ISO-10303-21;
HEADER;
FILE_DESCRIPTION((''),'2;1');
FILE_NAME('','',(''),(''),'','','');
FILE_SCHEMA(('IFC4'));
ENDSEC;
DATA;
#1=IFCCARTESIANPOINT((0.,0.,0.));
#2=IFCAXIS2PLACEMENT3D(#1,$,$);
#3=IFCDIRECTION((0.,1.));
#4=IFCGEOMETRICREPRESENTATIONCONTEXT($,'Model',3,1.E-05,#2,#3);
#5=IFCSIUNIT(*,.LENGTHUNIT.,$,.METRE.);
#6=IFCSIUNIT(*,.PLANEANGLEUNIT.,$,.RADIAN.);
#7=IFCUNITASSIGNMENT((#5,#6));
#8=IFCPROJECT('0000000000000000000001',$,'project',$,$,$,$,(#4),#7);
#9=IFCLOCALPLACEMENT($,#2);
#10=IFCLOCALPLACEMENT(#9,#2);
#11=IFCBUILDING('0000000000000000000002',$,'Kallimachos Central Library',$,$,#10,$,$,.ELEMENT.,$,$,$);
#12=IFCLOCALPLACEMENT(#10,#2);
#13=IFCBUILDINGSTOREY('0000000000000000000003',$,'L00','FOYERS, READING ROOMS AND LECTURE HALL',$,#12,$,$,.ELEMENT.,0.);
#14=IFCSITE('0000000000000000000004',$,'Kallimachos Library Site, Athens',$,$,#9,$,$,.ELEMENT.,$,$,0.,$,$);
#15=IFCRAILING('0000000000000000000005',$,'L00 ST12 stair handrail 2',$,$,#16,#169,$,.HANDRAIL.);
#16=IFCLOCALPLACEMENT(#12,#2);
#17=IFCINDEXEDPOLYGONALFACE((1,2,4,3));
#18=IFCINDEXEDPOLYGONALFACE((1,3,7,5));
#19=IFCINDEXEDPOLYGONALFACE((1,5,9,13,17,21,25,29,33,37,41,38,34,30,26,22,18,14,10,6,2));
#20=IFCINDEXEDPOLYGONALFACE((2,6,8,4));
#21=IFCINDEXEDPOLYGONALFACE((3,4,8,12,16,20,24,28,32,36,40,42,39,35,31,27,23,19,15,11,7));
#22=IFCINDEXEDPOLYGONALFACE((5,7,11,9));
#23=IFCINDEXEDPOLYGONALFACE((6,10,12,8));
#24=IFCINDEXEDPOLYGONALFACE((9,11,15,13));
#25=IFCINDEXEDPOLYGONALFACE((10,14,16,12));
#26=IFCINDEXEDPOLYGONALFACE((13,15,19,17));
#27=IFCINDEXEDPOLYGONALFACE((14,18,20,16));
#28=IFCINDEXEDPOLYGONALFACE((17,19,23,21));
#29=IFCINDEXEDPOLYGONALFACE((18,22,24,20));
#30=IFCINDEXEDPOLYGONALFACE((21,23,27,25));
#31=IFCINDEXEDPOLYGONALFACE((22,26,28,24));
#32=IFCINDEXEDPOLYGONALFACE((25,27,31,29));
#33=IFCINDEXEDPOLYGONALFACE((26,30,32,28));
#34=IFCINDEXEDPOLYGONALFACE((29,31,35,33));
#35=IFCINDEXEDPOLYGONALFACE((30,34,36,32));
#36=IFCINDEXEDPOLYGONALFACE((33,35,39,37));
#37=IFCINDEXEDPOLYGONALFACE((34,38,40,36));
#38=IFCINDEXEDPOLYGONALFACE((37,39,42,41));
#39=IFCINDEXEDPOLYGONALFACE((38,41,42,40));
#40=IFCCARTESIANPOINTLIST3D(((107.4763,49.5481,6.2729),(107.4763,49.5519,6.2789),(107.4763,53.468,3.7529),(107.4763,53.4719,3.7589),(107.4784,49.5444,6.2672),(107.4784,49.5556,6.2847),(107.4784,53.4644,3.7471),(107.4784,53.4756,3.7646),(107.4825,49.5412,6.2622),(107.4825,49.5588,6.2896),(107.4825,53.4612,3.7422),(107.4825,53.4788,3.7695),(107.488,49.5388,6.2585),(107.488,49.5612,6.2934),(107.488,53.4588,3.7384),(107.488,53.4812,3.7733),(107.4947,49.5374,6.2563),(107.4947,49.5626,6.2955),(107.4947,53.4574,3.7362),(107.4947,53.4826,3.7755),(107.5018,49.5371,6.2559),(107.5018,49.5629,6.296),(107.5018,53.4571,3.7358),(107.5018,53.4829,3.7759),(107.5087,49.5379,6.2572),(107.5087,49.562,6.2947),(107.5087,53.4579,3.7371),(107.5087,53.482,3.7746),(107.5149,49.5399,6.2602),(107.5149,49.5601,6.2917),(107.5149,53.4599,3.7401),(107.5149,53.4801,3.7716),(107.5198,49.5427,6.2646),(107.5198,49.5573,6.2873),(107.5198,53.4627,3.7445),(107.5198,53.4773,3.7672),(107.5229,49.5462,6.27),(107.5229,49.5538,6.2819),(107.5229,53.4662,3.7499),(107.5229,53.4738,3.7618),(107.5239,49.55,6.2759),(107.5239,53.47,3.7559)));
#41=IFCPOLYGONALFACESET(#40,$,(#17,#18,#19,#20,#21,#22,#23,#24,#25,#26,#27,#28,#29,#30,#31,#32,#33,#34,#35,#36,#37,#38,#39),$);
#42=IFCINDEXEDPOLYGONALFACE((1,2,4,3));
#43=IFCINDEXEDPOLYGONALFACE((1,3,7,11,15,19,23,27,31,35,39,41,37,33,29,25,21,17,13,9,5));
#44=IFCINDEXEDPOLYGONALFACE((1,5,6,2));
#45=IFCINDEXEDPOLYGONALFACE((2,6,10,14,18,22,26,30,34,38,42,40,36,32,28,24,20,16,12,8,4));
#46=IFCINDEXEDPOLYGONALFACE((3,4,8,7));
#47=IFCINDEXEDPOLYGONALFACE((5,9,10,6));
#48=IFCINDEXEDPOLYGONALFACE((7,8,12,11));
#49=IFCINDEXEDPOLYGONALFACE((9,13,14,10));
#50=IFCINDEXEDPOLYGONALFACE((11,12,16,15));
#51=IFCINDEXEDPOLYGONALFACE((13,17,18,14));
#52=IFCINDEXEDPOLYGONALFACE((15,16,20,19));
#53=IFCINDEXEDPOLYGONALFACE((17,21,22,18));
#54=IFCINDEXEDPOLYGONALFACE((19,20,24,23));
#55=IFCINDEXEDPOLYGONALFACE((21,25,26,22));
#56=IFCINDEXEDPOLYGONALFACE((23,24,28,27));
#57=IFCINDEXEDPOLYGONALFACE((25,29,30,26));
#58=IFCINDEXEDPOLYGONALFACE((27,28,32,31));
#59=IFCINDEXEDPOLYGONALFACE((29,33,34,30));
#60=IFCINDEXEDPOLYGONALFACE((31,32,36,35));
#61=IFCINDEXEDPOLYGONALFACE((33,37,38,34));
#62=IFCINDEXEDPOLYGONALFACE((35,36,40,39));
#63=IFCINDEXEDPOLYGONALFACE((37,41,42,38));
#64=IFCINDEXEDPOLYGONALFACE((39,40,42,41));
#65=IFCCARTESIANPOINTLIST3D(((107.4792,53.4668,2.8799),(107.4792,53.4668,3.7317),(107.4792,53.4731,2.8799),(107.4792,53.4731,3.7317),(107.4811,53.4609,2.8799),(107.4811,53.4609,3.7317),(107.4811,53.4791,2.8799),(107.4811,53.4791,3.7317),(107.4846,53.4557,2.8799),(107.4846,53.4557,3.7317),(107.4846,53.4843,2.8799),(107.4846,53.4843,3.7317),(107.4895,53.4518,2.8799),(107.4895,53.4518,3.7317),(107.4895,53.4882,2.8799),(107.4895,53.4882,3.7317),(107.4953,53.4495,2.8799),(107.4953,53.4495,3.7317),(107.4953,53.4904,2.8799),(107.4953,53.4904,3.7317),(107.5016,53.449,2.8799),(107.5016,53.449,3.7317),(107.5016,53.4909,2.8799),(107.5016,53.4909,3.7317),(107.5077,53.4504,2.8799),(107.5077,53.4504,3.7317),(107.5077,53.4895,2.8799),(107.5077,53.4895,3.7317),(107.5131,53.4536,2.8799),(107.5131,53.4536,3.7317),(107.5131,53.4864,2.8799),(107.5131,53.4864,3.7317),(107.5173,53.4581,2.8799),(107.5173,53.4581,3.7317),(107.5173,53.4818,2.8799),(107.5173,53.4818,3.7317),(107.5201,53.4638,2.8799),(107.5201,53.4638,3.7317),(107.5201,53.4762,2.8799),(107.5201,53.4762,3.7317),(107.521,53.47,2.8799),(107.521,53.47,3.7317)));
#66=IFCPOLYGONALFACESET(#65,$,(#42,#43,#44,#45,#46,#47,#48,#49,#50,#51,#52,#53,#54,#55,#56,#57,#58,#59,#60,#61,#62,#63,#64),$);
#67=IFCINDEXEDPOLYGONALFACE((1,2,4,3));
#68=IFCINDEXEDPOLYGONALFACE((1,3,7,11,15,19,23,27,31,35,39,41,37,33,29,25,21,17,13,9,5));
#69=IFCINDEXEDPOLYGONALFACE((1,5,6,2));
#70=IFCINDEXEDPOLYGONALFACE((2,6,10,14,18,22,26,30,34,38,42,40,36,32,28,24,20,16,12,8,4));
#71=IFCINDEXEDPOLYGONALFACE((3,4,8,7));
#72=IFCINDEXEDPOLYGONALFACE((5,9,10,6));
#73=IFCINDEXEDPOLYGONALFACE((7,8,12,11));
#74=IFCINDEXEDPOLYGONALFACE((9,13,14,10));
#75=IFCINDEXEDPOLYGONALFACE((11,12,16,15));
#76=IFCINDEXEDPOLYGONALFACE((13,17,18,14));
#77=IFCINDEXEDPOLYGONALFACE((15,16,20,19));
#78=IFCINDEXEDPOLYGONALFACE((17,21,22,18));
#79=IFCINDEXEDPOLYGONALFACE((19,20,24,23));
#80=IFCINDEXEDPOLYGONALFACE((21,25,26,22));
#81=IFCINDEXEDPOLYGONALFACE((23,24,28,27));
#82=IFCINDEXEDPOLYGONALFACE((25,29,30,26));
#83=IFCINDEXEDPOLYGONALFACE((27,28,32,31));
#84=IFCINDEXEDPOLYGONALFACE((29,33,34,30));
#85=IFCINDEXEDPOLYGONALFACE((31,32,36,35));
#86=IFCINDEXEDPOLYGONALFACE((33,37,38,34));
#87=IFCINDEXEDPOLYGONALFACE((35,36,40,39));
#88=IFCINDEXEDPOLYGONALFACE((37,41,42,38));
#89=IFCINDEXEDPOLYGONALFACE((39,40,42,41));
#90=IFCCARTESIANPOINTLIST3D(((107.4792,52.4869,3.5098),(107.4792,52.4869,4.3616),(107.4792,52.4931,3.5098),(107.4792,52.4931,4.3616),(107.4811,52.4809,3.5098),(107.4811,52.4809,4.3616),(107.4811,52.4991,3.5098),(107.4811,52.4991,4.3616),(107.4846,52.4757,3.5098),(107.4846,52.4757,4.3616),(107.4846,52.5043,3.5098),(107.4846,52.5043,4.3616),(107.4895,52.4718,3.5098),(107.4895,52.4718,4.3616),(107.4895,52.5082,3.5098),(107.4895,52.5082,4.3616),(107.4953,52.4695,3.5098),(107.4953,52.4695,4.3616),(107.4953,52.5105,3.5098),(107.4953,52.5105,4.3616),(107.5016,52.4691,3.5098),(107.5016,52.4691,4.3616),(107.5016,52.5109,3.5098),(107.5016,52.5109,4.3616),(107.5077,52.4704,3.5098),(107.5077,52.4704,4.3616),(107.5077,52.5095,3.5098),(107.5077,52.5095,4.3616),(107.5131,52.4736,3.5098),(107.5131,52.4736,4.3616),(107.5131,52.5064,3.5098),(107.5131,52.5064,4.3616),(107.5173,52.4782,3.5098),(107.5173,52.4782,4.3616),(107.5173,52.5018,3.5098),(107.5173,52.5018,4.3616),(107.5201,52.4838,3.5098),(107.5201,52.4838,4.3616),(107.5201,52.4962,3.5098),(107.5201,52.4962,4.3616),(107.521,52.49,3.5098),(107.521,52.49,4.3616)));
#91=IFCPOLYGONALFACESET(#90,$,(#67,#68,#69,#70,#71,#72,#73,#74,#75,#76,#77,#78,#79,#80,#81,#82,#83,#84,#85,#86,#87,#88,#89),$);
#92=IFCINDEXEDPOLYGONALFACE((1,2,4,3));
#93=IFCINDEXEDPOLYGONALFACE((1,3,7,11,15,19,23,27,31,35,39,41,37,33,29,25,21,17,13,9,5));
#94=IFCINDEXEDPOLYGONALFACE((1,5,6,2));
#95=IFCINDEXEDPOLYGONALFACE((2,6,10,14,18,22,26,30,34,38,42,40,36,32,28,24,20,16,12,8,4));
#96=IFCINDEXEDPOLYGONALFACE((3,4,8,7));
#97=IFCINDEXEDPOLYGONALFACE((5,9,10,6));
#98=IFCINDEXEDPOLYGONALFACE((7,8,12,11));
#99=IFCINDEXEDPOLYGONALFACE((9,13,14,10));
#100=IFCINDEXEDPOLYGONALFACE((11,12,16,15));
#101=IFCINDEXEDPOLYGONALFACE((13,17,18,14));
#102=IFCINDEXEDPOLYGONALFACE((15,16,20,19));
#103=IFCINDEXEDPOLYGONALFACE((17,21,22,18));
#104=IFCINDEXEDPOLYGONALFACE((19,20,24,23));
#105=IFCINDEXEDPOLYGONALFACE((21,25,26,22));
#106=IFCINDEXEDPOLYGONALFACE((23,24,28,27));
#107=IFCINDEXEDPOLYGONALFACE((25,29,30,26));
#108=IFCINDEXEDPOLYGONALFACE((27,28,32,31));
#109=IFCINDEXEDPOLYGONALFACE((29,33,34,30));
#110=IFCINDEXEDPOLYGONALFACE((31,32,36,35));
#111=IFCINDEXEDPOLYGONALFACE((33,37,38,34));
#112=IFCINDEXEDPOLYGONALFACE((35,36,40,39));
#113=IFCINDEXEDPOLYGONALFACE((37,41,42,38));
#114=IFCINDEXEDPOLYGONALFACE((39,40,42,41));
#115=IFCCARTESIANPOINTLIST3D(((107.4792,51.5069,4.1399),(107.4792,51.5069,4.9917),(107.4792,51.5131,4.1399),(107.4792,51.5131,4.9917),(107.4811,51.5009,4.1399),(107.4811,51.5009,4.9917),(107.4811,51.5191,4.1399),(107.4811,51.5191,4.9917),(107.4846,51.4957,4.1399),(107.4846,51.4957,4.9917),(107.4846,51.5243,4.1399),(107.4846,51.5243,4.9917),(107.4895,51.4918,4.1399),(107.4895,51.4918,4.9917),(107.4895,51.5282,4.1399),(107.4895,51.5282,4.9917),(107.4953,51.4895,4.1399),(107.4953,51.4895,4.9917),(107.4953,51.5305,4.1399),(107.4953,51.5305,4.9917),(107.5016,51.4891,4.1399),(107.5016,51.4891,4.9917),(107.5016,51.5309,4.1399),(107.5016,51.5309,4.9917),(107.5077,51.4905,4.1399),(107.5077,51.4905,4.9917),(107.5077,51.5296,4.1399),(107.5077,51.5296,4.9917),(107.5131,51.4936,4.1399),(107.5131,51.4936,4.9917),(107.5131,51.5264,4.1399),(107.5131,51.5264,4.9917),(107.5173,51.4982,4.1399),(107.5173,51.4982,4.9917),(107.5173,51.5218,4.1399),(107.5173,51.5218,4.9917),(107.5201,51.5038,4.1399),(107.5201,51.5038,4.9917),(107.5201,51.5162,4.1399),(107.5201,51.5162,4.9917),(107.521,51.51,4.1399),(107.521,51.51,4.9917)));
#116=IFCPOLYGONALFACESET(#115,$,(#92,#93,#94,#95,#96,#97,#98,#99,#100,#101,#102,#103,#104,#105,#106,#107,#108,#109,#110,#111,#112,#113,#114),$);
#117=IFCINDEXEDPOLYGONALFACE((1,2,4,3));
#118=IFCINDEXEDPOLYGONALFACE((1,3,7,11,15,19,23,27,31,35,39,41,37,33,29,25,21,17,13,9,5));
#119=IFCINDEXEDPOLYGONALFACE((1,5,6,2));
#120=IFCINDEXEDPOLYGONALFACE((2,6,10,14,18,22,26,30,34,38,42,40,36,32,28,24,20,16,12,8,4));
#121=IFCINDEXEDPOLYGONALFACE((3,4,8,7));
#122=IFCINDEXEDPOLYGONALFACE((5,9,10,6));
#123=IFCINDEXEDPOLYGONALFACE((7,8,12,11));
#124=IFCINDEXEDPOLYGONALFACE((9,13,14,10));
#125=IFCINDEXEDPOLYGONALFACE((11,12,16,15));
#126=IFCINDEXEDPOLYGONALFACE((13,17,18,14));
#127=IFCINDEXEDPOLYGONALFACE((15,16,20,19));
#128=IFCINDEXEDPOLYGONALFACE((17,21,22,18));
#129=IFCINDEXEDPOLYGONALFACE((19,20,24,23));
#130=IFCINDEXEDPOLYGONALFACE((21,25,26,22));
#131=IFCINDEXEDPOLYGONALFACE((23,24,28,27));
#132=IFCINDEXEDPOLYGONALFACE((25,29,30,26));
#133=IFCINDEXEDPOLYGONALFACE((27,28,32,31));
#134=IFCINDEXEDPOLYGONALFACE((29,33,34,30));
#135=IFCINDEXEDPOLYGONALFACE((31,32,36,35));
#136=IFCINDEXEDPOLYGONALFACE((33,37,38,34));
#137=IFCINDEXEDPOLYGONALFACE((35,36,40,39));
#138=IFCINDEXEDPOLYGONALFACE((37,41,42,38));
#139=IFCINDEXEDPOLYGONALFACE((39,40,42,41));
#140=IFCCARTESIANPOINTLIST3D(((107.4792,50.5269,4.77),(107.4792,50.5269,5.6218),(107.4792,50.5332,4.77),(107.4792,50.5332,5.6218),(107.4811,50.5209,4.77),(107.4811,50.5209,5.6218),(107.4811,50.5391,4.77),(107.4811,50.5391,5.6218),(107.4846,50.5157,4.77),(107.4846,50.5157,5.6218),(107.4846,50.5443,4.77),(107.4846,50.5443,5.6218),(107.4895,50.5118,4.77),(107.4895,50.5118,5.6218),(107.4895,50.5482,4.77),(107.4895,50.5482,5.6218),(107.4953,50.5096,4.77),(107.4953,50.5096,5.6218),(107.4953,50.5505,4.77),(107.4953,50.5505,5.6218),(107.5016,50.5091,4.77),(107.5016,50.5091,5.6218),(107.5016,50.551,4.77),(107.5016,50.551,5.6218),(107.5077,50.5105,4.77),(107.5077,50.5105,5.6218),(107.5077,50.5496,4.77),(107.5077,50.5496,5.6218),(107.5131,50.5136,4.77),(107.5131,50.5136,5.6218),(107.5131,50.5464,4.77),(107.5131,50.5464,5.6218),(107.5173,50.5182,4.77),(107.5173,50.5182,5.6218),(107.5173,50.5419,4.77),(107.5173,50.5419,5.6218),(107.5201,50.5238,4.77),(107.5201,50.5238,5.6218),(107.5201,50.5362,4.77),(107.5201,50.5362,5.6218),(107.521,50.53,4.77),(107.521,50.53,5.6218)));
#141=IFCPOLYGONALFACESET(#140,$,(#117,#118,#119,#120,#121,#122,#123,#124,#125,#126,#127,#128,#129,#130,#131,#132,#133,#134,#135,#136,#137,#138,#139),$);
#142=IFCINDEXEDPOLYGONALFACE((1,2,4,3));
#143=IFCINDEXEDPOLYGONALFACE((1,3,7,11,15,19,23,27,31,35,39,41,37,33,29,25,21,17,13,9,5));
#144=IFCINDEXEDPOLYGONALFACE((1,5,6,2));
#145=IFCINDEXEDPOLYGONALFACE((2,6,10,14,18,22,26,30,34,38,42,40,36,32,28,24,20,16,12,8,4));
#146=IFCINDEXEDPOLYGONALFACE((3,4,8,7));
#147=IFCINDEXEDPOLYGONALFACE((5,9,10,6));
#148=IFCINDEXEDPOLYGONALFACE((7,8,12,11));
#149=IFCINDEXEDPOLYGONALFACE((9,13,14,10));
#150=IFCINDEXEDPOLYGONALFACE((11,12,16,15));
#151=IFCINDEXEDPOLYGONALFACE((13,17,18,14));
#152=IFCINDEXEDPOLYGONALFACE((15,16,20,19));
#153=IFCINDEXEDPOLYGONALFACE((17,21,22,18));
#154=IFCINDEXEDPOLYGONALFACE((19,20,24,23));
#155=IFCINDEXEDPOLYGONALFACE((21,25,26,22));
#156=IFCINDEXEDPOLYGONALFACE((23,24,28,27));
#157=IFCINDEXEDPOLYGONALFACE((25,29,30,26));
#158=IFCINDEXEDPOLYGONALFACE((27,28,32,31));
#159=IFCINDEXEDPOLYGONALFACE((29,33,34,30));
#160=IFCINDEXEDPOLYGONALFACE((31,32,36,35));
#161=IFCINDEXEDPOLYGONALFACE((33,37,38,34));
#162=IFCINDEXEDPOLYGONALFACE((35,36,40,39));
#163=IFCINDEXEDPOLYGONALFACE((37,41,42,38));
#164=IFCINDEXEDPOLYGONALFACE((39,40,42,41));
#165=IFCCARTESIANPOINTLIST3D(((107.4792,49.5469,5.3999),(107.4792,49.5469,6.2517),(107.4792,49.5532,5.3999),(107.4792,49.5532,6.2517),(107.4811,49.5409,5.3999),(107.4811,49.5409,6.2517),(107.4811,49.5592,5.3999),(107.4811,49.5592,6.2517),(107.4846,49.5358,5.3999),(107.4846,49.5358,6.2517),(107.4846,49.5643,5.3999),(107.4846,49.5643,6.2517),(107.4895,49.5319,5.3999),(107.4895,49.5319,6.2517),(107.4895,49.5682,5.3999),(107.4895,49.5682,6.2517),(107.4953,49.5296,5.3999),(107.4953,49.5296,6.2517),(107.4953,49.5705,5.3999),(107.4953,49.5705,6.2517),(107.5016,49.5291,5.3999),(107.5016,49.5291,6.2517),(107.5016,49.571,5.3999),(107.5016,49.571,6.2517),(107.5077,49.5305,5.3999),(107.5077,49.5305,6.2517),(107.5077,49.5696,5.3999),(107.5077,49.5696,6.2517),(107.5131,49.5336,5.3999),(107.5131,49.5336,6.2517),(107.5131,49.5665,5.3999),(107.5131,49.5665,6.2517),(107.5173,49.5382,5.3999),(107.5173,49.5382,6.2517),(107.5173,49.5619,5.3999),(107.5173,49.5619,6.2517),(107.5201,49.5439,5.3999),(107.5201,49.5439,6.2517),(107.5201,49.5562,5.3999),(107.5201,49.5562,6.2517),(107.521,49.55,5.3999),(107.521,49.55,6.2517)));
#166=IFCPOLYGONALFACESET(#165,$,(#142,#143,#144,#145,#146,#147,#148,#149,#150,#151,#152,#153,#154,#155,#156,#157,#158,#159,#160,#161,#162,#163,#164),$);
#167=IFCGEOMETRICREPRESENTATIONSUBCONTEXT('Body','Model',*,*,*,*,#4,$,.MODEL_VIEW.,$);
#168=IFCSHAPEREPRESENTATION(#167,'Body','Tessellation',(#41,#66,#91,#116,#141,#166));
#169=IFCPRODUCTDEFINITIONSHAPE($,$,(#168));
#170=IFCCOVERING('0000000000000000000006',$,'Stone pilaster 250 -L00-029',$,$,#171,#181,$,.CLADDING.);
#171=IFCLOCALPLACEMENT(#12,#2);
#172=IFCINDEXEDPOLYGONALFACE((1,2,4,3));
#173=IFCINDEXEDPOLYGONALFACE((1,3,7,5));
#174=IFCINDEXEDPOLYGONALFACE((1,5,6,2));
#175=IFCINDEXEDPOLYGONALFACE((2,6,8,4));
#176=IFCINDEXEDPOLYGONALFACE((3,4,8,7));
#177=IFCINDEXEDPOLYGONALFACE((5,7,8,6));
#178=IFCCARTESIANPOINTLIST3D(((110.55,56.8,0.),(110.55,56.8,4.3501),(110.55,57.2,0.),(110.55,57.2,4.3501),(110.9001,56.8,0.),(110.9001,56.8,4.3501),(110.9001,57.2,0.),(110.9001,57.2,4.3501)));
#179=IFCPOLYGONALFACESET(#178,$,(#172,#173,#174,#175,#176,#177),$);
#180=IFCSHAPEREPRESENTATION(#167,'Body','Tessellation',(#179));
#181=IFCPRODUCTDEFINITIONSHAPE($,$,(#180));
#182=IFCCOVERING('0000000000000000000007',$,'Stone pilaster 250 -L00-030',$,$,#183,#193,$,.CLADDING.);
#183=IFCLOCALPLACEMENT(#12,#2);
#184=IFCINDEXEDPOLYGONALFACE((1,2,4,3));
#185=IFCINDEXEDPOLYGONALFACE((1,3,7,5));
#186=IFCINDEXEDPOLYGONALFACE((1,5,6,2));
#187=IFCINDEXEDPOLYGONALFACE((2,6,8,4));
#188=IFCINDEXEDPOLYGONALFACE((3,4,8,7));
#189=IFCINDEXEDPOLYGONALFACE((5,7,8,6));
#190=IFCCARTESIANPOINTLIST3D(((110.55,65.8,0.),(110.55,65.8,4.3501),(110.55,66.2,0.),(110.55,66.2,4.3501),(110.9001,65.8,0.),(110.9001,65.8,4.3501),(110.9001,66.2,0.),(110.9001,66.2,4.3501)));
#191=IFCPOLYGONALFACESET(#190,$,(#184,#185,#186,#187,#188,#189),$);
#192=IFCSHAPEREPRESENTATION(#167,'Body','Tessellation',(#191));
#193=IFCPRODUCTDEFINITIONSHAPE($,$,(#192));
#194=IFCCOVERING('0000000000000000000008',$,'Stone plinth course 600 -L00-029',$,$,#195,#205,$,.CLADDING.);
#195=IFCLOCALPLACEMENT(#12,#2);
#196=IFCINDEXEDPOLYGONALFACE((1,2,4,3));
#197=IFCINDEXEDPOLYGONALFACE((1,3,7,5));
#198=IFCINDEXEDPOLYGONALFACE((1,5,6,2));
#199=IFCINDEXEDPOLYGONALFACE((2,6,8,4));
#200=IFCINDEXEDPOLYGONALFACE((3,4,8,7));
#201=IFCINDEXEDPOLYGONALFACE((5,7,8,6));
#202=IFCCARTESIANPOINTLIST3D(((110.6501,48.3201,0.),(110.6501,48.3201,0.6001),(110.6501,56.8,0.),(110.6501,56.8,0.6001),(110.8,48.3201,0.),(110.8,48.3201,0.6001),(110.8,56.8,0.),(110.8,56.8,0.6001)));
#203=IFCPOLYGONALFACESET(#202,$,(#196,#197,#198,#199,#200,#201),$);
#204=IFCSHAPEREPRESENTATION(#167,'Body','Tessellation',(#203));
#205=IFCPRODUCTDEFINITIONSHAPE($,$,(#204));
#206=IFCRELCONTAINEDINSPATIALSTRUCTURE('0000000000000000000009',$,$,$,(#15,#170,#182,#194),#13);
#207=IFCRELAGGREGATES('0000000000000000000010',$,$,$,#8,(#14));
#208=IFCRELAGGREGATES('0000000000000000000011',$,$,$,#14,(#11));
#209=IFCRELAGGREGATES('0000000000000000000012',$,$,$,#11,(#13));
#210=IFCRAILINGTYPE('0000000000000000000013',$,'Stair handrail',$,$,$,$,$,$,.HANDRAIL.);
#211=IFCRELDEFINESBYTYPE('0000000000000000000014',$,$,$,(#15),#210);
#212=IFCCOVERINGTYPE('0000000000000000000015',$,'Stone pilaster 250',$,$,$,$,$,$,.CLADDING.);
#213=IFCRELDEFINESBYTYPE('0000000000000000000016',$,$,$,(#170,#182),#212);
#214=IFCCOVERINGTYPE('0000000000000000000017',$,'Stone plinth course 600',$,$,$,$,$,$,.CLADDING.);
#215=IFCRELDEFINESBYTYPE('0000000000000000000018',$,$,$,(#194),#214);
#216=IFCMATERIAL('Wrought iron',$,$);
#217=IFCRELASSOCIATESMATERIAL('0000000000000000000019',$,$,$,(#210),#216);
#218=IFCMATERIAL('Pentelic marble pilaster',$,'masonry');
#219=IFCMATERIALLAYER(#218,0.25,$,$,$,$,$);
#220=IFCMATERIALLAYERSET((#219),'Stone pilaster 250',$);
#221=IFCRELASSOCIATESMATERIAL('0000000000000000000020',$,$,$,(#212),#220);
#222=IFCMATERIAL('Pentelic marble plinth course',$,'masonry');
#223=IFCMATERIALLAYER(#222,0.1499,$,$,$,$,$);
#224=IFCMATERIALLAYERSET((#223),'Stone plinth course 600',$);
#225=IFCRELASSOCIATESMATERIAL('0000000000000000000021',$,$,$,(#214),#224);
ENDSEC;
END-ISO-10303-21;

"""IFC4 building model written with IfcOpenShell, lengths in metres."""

from ifc_helpers import new_model, si_unit, direction, frame, origin, origin_2d, place, context, subcontext, project, spatial, rectangle, circle, extrude, material, layer, layer_set, type_object, element, save


model = new_model("IFC4")

# Units and contexts
model_context = context("Model", 3, precision=1e-05, world=origin(), true_north=direction((0.0, 1.0)))
body_context = subcontext(model_context, "Body", "Model", "MODEL_VIEW")
ifc_project = project(units=[si_unit("LENGTHUNIT", "METRE"), si_unit("PLANEANGLEUNIT", "RADIAN")], contexts=[model_context])

# Site, building, storey
site_placement = place(None, origin())
site = spatial("IfcSite", under=ifc_project, at=site_placement, Name="Kallimachos Library Site, Athens", CompositionType="ELEMENT", RefElevation=0.0)
building_placement = place(site_placement, origin())
building = spatial("IfcBuilding", under=site, at=building_placement, Name="Kallimachos Central Library", CompositionType="ELEMENT")
storey_placement = place(building_placement, origin())
storey = spatial("IfcBuildingStorey", under=building, at=storey_placement, Name="L00", Description="FOYERS, READING ROOMS AND LECTURE HALL", CompositionType="ELEMENT", Elevation=0.0)

# Railing
ifc_material_1 = material(Name="Wrought iron")
railing_type_1 = type_object("IfcRailingType", Name="Stair handrail", PredefinedType="HANDRAIL", material=ifc_material_1)
railing_1_placement = place(storey_placement, frame((107.5, 53.47, 2.8799)))
element("IfcRailing", 1, at=railing_1_placement, inside=storey, type_object=railing_type_1, Name="L00 ST12 stair handrail 2", PredefinedType="HANDRAIL", context=body_context, shape_type="SweptSolid", body=[
    extrude(circle(Radius=0.0239, at=origin_2d()), frame((0.0, 0.0, 0.876), z_axis=(0.0, -0.841172, 0.540768), x_axis=(1.0, 0.0, 0.0)), (0.0, 0.0, 1.0), 4.6602),
    extrude(circle(Radius=0.021, at=origin_2d()), origin(), (0.0, 0.0, 1.0), 0.8518),
    extrude(circle(Radius=0.021, at=origin_2d()), frame((0.0, -0.98, 0.6299)), (0.0, 0.0, 1.0), 0.8518),
    extrude(circle(Radius=0.021, at=origin_2d()), frame((0.0, -1.96, 1.26)), (0.0, 0.0, 1.0), 0.8518),
    extrude(circle(Radius=0.021, at=origin_2d()), frame((0.0, -2.9399, 1.8901)), (0.0, 0.0, 1.0), 0.8518),
    extrude(circle(Radius=0.021, at=origin_2d()), frame((0.0, -3.9199, 2.52)), (0.0, 0.0, 1.0), 0.8518),
])

# Coverings
ifc_material_2 = material(Name="Pentelic marble pilaster", Category="masonry")
ifc_layer_1 = layer(ifc_material_2, 0.25)
ifc_layer_set_1 = layer_set([ifc_layer_1], Name="Stone pilaster 250")
covering_type_1 = type_object("IfcCoveringType", Name="Stone pilaster 250", PredefinedType="CLADDING", material=ifc_layer_set_1)
for number, where, z_axis, x_axis, name in (
    (2, (110.7251, 57.0, 0.0), (0.0, 0.0, 1.0), (1.0, 0.0, 0.0), "Stone pilaster 250 -L00-029"),
    (3, (110.7251, 66.0, 0.0), (0.0, 0.0, 1.0), (1.0, 0.0, 0.0), "Stone pilaster 250 -L00-030"),
):
    element("IfcCovering", number, at=place(storey_placement, frame(where, z_axis=z_axis, x_axis=x_axis)), inside=storey, type_object=covering_type_1, Name=name, PredefinedType="CLADDING", context=body_context, shape_type="SweptSolid", body=[
        extrude(rectangle(XDim=0.3501, YDim=0.3999, at=origin_2d()), origin(), (0.0, 0.0, 1.0), 4.3501),
    ])
ifc_material_3 = material(Name="Pentelic marble plinth course", Category="masonry")
ifc_layer_2 = layer(ifc_material_3, 0.1499)
ifc_layer_set_2 = layer_set([ifc_layer_2], Name="Stone plinth course 600")
covering_type_2 = type_object("IfcCoveringType", Name="Stone plinth course 600", PredefinedType="CLADDING", material=ifc_layer_set_2)
covering_placement = place(storey_placement, frame((110.7251, 52.5601, 0.0), z_axis=(0.0, 0.0, 1.0), x_axis=(1.0, 0.0, 0.0)))
element("IfcCovering", 4, at=covering_placement, inside=storey, type_object=covering_type_2, Name="Stone plinth course 600 -L00-029", PredefinedType="CLADDING", context=body_context, shape_type="SweptSolid", body=[
    extrude(rectangle(XDim=0.1499, YDim=8.48, at=origin_2d()), origin(), (0.0, 0.0, 1.0), 0.6001),
])

save(model, "model.ifc")
